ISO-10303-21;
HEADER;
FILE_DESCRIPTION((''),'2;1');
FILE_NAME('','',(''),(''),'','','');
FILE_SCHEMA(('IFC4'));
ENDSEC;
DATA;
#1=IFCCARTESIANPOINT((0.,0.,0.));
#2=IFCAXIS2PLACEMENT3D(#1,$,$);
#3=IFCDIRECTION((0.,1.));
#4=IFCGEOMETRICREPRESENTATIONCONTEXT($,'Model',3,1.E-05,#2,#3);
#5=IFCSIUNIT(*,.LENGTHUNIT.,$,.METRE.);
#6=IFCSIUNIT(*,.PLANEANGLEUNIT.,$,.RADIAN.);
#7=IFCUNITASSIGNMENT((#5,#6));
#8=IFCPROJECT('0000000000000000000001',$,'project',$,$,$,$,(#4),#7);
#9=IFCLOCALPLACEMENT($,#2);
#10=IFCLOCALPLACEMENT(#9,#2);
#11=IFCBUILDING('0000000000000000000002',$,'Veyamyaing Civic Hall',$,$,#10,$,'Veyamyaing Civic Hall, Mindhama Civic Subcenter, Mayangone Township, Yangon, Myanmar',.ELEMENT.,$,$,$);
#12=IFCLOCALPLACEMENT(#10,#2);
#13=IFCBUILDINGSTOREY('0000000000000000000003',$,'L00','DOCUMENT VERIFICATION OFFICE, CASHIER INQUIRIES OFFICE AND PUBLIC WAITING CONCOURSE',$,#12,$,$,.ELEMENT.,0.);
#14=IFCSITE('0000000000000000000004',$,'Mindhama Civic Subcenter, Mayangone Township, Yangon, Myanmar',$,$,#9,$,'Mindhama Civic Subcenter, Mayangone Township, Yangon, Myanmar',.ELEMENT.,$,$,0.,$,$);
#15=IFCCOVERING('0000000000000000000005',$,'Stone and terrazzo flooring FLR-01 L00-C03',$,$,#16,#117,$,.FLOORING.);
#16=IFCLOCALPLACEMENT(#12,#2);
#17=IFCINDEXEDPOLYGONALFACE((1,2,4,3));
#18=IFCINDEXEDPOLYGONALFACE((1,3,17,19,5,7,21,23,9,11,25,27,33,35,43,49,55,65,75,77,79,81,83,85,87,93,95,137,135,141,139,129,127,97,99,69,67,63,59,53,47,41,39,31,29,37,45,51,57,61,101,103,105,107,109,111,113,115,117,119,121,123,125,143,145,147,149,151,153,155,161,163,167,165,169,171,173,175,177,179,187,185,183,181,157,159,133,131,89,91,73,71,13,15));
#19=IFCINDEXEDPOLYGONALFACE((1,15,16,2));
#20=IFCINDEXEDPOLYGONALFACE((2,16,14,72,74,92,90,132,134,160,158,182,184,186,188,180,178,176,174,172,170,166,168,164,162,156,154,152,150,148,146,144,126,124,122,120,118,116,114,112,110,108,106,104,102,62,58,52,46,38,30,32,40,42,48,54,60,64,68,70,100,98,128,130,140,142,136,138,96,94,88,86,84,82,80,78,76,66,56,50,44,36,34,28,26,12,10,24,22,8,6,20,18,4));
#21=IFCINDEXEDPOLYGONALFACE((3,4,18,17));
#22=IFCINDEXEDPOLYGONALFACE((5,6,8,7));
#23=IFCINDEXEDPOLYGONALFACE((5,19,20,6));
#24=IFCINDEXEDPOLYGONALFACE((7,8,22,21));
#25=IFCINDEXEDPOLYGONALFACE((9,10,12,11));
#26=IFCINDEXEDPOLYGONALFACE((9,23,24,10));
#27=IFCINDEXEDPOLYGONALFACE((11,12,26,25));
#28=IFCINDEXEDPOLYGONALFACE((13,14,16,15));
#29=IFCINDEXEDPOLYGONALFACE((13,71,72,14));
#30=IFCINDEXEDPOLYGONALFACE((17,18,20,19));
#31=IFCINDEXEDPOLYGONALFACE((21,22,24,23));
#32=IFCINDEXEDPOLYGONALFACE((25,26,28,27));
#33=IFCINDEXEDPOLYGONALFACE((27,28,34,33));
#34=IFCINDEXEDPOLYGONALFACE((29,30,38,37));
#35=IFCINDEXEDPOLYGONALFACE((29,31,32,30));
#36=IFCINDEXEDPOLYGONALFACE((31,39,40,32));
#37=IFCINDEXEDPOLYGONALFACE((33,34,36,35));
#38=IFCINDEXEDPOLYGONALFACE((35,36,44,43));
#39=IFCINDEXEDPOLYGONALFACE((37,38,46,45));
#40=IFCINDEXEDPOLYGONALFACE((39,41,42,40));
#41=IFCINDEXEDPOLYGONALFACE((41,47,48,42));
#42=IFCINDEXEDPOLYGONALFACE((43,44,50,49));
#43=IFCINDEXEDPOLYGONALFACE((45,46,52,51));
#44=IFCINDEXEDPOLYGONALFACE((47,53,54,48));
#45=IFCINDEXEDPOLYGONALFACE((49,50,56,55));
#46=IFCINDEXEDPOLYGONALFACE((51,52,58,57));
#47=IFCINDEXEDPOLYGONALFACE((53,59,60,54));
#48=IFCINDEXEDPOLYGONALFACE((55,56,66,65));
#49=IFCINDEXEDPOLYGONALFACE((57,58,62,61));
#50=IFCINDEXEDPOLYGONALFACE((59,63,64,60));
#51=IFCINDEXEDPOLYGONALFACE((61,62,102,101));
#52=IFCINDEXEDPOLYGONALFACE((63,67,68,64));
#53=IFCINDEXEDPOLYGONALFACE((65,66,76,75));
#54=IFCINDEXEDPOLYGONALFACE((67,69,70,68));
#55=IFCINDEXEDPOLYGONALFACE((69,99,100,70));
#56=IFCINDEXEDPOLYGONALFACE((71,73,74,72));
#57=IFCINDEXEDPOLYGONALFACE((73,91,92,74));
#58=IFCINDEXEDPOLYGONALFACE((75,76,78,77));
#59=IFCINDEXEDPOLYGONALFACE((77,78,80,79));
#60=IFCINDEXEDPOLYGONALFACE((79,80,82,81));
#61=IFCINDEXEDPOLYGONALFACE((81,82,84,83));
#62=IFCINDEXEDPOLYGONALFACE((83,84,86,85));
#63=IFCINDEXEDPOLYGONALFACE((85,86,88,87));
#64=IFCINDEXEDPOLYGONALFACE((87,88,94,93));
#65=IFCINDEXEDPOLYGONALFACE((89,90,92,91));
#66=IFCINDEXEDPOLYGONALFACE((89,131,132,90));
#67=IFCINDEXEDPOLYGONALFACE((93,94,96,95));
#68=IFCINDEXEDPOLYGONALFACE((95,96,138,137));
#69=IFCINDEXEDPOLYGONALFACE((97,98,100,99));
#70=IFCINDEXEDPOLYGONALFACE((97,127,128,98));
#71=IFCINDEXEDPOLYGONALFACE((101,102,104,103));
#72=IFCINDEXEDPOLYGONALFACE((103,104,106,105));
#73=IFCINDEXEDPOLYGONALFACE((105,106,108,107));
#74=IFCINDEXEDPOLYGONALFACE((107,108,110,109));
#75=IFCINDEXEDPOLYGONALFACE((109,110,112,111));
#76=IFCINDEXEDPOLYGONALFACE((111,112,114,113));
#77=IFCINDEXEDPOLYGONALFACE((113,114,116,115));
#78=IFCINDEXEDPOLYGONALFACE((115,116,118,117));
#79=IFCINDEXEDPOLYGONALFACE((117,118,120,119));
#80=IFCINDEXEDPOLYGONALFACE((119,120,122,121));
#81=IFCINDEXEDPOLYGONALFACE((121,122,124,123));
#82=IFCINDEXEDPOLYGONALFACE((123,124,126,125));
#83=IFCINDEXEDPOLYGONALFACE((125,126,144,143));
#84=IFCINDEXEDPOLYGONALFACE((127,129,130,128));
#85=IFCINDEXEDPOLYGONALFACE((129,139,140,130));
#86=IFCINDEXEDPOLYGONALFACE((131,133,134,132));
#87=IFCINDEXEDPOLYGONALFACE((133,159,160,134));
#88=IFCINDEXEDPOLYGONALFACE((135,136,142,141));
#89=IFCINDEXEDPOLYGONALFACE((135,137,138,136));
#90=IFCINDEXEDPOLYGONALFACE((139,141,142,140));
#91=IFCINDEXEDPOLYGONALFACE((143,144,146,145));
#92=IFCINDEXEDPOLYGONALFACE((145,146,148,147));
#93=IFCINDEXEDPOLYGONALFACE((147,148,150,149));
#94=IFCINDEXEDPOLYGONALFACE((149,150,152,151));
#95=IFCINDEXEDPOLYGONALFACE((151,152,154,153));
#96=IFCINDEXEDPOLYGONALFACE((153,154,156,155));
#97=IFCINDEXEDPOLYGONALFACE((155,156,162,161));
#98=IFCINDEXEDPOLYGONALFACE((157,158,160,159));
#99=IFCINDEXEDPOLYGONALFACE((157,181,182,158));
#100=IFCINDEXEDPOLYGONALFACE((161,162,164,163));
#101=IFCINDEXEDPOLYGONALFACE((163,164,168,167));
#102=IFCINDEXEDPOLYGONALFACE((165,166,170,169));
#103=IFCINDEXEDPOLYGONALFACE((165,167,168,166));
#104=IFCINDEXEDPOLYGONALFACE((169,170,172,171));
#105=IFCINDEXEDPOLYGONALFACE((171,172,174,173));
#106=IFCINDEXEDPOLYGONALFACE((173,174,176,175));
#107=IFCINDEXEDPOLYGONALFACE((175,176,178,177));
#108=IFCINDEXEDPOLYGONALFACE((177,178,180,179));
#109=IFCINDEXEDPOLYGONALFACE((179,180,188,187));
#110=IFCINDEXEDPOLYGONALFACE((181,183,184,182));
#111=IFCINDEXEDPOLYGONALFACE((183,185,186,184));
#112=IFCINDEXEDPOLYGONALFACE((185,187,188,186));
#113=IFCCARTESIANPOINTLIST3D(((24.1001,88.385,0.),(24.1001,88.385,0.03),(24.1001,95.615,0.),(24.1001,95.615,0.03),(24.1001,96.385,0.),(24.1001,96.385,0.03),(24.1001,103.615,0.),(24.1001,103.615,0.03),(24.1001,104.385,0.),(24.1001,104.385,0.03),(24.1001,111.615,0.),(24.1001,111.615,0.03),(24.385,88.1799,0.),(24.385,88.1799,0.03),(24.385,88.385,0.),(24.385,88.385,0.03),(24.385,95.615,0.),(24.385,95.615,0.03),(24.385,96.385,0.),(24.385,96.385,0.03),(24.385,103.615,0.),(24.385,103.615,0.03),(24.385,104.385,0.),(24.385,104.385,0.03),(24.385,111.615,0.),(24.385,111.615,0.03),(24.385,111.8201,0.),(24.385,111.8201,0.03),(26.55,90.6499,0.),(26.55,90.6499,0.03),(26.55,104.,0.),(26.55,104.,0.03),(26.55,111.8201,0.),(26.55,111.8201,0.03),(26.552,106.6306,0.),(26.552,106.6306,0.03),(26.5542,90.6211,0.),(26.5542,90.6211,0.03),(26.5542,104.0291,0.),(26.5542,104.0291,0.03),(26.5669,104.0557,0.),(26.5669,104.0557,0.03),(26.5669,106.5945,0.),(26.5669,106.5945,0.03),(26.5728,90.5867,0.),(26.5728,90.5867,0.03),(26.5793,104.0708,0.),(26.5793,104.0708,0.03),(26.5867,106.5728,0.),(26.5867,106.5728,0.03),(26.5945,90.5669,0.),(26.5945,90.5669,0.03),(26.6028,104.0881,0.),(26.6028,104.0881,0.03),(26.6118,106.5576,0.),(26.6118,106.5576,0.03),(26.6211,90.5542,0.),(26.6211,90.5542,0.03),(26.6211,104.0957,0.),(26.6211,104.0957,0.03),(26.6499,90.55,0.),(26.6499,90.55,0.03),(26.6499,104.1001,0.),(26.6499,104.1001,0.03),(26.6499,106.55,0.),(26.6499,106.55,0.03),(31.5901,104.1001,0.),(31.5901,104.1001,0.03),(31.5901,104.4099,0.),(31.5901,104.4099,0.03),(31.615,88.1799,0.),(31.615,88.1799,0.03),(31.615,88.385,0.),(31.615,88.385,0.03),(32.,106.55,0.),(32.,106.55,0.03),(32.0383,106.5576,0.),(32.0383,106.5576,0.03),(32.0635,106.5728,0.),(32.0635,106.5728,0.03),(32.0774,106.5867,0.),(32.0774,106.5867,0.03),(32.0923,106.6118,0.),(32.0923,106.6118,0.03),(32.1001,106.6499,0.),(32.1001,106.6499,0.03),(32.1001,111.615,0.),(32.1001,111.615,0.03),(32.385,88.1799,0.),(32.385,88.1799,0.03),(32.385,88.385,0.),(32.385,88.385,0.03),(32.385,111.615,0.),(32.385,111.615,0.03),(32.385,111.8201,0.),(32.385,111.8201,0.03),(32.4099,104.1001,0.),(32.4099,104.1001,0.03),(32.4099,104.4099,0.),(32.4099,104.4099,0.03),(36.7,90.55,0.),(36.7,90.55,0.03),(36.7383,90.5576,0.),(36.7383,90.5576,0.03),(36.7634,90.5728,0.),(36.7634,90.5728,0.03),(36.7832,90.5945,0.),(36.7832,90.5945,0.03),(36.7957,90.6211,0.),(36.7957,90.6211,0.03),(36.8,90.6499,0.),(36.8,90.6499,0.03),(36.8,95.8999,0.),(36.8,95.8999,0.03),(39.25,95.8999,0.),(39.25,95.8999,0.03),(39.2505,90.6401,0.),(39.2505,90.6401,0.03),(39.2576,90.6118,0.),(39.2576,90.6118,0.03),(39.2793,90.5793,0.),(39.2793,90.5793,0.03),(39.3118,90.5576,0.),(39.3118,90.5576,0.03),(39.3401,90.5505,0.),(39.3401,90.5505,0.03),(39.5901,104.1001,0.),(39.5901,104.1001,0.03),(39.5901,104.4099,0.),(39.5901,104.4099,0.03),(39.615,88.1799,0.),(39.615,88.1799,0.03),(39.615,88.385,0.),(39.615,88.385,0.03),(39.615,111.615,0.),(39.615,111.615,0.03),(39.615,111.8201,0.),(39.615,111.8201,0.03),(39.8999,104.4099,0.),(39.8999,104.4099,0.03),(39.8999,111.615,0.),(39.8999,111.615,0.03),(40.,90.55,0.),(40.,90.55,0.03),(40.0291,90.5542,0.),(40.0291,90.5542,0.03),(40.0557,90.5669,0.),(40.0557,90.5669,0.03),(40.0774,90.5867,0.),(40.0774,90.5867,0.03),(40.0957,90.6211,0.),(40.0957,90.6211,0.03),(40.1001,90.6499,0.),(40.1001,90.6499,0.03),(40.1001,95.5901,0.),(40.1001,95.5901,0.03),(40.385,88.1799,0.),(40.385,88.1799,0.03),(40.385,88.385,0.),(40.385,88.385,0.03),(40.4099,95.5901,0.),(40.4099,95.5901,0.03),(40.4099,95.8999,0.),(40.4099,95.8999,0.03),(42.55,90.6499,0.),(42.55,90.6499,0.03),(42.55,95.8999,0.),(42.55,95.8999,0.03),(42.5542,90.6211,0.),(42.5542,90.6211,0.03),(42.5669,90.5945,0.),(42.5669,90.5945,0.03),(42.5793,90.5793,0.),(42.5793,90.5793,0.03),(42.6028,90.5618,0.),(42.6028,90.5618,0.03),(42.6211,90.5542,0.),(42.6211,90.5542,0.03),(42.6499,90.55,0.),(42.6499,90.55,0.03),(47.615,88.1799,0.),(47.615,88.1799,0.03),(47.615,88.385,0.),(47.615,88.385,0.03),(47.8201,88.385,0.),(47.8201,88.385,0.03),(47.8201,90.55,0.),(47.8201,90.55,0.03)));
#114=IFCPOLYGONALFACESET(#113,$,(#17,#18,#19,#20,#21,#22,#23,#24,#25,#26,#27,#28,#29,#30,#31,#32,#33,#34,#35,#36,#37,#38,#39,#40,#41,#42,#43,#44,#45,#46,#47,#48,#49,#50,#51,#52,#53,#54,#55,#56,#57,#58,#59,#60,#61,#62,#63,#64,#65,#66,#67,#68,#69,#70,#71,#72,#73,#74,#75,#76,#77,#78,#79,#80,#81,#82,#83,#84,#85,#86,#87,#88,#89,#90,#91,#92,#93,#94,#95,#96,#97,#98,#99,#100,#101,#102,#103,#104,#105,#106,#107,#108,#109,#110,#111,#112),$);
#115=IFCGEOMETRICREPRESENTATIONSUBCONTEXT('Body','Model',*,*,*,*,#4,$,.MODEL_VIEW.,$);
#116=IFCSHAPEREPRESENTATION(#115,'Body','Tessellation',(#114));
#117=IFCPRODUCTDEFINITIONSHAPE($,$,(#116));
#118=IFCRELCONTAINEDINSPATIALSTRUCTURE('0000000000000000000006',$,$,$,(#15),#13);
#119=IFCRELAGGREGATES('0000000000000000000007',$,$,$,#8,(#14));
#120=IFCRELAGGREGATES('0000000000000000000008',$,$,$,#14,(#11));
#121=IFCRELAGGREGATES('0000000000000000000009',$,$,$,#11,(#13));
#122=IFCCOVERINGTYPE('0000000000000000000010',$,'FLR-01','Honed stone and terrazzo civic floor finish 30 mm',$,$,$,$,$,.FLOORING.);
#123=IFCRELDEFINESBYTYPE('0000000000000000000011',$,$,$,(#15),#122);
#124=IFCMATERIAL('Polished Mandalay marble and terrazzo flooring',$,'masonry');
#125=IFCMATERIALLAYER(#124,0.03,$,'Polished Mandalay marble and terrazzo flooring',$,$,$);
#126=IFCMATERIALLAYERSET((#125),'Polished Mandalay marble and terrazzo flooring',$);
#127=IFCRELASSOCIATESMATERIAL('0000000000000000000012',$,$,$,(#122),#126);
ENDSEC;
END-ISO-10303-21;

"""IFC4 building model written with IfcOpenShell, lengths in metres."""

from ifc_helpers import new_model, si_unit, direction, origin, place, context, subcontext, project, spatial, polyline, outline, extrude, material, layer, layer_set, type_object, element, save


model = new_model("IFC4")

# Units and contexts
model_context = context("Model", 3, precision=1e-05, world=origin(), true_north=direction((0.0, 1.0)))
body_context = subcontext(model_context, "Body", "Model", "MODEL_VIEW")
ifc_project = project(units=[si_unit("LENGTHUNIT", "METRE"), si_unit("PLANEANGLEUNIT", "RADIAN")], contexts=[model_context])

# Site, building, storey
site_placement = place(None, origin())
site = spatial("IfcSite", under=ifc_project, at=site_placement, Name="Mindhama Civic Subcenter, Mayangone Township, Yangon, Myanmar", LongName="Mindhama Civic Subcenter, Mayangone Township, Yangon, Myanmar", CompositionType="ELEMENT", RefElevation=0.0)
building_placement = place(site_placement, origin())
building = spatial("IfcBuilding", under=site, at=building_placement, Name="Veyamyaing Civic Hall", LongName="Veyamyaing Civic Hall, Mindhama Civic Subcenter, Mayangone Township, Yangon, Myanmar", CompositionType="ELEMENT")
storey_placement = place(building_placement, origin())
storey = spatial("IfcBuildingStorey", under=building, at=storey_placement, Name="L00", Description="DOCUMENT VERIFICATION OFFICE, CASHIER INQUIRIES OFFICE AND PUBLIC WAITING CONCOURSE", CompositionType="ELEMENT", Elevation=0.0)

# Covering
ifc_material_1 = material(Name="Polished Mandalay marble and terrazzo flooring", Category="masonry")
ifc_layer_1 = layer(ifc_material_1, 0.03, Name="Polished Mandalay marble and terrazzo flooring")
ifc_layer_set_1 = layer_set([ifc_layer_1], Name="Polished Mandalay marble and terrazzo flooring")
covering_type_1 = type_object("IfcCoveringType", Name="FLR-01", Description="Honed stone and terrazzo civic floor finish 30 mm", PredefinedType="FLOORING", material=ifc_layer_set_1)
covering_1_placement = place(storey_placement, origin())
element("IfcCovering", 1, at=covering_1_placement, inside=storey, type_object=covering_type_1, Name="Stone and terrazzo flooring FLR-01 L00-C03", PredefinedType="FLOORING", context=body_context, shape_type="SweptSolid", body=[
    extrude(outline(polyline([(26.5669, 106.5945), (26.5867, 106.5728), (26.6118, 106.5576), (26.6499, 106.55), (32.0, 106.55), (32.0383, 106.5576), (32.0635, 106.5728), (32.0774, 106.5867), (32.0923, 106.6118), (32.1001, 106.6499), (32.1001, 111.615), (32.385, 111.615), (32.385, 111.8201), (39.615, 111.8201), (39.615, 111.615), (39.8999, 111.615), (39.8999, 104.4099), (39.5901, 104.4099), (39.5901, 104.1001), (32.4099, 104.1001), (32.4099, 104.4099), (31.5901, 104.4099), (31.5901, 104.1001), (26.6499, 104.1001), (26.6211, 104.0957), (26.6028, 104.0881), (26.5793, 104.0708), (26.5669, 104.0557), (26.5542, 104.0291), (26.55, 104.0), (26.55, 90.6499), (26.5542, 90.6211), (26.5728, 90.5867), (26.5945, 90.5669), (26.6211, 90.5542), (26.6499, 90.55), (36.7, 90.55), (36.7383, 90.5576), (36.7634, 90.5728), (36.7832, 90.5945), (36.7957, 90.6211), (36.8, 90.6499), (36.8, 95.8999), (39.25, 95.8999), (39.2505, 90.6401), (39.2576, 90.6118), (39.2793, 90.5793), (39.3118, 90.5576), (39.3401, 90.5505), (40.0, 90.55), (40.0291, 90.5542), (40.0557, 90.5669), (40.0774, 90.5867), (40.0957, 90.6211), (40.1001, 90.6499), (40.1001, 95.5901), (40.4099, 95.5901), (40.4099, 95.8999), (42.55, 95.8999), (42.55, 90.6499), (42.5542, 90.6211), (42.5669, 90.5945), (42.5793, 90.5793), (42.6028, 90.5618), (42.6211, 90.5542), (42.6499, 90.55), (47.8201, 90.55), (47.8201, 88.385), (47.615, 88.385), (47.615, 88.1799), (40.385, 88.1799), (40.385, 88.385), (39.615, 88.385), (39.615, 88.1799), (32.385, 88.1799), (32.385, 88.385), (31.615, 88.385), (31.615, 88.1799), (24.385, 88.1799), (24.385, 88.385), (24.1001, 88.385), (24.1001, 95.615), (24.385, 95.615), (24.385, 96.385), (24.1001, 96.385), (24.1001, 103.615), (24.385, 103.615), (24.385, 104.385), (24.1001, 104.385), (24.1001, 111.615), (24.385, 111.615), (24.385, 111.8201), (26.55, 111.8201), (26.552, 106.6306), (26.5669, 106.5945)])), origin(), (0.0, 0.0, 1.0), 0.03),
])

save(model, "model.ifc")
